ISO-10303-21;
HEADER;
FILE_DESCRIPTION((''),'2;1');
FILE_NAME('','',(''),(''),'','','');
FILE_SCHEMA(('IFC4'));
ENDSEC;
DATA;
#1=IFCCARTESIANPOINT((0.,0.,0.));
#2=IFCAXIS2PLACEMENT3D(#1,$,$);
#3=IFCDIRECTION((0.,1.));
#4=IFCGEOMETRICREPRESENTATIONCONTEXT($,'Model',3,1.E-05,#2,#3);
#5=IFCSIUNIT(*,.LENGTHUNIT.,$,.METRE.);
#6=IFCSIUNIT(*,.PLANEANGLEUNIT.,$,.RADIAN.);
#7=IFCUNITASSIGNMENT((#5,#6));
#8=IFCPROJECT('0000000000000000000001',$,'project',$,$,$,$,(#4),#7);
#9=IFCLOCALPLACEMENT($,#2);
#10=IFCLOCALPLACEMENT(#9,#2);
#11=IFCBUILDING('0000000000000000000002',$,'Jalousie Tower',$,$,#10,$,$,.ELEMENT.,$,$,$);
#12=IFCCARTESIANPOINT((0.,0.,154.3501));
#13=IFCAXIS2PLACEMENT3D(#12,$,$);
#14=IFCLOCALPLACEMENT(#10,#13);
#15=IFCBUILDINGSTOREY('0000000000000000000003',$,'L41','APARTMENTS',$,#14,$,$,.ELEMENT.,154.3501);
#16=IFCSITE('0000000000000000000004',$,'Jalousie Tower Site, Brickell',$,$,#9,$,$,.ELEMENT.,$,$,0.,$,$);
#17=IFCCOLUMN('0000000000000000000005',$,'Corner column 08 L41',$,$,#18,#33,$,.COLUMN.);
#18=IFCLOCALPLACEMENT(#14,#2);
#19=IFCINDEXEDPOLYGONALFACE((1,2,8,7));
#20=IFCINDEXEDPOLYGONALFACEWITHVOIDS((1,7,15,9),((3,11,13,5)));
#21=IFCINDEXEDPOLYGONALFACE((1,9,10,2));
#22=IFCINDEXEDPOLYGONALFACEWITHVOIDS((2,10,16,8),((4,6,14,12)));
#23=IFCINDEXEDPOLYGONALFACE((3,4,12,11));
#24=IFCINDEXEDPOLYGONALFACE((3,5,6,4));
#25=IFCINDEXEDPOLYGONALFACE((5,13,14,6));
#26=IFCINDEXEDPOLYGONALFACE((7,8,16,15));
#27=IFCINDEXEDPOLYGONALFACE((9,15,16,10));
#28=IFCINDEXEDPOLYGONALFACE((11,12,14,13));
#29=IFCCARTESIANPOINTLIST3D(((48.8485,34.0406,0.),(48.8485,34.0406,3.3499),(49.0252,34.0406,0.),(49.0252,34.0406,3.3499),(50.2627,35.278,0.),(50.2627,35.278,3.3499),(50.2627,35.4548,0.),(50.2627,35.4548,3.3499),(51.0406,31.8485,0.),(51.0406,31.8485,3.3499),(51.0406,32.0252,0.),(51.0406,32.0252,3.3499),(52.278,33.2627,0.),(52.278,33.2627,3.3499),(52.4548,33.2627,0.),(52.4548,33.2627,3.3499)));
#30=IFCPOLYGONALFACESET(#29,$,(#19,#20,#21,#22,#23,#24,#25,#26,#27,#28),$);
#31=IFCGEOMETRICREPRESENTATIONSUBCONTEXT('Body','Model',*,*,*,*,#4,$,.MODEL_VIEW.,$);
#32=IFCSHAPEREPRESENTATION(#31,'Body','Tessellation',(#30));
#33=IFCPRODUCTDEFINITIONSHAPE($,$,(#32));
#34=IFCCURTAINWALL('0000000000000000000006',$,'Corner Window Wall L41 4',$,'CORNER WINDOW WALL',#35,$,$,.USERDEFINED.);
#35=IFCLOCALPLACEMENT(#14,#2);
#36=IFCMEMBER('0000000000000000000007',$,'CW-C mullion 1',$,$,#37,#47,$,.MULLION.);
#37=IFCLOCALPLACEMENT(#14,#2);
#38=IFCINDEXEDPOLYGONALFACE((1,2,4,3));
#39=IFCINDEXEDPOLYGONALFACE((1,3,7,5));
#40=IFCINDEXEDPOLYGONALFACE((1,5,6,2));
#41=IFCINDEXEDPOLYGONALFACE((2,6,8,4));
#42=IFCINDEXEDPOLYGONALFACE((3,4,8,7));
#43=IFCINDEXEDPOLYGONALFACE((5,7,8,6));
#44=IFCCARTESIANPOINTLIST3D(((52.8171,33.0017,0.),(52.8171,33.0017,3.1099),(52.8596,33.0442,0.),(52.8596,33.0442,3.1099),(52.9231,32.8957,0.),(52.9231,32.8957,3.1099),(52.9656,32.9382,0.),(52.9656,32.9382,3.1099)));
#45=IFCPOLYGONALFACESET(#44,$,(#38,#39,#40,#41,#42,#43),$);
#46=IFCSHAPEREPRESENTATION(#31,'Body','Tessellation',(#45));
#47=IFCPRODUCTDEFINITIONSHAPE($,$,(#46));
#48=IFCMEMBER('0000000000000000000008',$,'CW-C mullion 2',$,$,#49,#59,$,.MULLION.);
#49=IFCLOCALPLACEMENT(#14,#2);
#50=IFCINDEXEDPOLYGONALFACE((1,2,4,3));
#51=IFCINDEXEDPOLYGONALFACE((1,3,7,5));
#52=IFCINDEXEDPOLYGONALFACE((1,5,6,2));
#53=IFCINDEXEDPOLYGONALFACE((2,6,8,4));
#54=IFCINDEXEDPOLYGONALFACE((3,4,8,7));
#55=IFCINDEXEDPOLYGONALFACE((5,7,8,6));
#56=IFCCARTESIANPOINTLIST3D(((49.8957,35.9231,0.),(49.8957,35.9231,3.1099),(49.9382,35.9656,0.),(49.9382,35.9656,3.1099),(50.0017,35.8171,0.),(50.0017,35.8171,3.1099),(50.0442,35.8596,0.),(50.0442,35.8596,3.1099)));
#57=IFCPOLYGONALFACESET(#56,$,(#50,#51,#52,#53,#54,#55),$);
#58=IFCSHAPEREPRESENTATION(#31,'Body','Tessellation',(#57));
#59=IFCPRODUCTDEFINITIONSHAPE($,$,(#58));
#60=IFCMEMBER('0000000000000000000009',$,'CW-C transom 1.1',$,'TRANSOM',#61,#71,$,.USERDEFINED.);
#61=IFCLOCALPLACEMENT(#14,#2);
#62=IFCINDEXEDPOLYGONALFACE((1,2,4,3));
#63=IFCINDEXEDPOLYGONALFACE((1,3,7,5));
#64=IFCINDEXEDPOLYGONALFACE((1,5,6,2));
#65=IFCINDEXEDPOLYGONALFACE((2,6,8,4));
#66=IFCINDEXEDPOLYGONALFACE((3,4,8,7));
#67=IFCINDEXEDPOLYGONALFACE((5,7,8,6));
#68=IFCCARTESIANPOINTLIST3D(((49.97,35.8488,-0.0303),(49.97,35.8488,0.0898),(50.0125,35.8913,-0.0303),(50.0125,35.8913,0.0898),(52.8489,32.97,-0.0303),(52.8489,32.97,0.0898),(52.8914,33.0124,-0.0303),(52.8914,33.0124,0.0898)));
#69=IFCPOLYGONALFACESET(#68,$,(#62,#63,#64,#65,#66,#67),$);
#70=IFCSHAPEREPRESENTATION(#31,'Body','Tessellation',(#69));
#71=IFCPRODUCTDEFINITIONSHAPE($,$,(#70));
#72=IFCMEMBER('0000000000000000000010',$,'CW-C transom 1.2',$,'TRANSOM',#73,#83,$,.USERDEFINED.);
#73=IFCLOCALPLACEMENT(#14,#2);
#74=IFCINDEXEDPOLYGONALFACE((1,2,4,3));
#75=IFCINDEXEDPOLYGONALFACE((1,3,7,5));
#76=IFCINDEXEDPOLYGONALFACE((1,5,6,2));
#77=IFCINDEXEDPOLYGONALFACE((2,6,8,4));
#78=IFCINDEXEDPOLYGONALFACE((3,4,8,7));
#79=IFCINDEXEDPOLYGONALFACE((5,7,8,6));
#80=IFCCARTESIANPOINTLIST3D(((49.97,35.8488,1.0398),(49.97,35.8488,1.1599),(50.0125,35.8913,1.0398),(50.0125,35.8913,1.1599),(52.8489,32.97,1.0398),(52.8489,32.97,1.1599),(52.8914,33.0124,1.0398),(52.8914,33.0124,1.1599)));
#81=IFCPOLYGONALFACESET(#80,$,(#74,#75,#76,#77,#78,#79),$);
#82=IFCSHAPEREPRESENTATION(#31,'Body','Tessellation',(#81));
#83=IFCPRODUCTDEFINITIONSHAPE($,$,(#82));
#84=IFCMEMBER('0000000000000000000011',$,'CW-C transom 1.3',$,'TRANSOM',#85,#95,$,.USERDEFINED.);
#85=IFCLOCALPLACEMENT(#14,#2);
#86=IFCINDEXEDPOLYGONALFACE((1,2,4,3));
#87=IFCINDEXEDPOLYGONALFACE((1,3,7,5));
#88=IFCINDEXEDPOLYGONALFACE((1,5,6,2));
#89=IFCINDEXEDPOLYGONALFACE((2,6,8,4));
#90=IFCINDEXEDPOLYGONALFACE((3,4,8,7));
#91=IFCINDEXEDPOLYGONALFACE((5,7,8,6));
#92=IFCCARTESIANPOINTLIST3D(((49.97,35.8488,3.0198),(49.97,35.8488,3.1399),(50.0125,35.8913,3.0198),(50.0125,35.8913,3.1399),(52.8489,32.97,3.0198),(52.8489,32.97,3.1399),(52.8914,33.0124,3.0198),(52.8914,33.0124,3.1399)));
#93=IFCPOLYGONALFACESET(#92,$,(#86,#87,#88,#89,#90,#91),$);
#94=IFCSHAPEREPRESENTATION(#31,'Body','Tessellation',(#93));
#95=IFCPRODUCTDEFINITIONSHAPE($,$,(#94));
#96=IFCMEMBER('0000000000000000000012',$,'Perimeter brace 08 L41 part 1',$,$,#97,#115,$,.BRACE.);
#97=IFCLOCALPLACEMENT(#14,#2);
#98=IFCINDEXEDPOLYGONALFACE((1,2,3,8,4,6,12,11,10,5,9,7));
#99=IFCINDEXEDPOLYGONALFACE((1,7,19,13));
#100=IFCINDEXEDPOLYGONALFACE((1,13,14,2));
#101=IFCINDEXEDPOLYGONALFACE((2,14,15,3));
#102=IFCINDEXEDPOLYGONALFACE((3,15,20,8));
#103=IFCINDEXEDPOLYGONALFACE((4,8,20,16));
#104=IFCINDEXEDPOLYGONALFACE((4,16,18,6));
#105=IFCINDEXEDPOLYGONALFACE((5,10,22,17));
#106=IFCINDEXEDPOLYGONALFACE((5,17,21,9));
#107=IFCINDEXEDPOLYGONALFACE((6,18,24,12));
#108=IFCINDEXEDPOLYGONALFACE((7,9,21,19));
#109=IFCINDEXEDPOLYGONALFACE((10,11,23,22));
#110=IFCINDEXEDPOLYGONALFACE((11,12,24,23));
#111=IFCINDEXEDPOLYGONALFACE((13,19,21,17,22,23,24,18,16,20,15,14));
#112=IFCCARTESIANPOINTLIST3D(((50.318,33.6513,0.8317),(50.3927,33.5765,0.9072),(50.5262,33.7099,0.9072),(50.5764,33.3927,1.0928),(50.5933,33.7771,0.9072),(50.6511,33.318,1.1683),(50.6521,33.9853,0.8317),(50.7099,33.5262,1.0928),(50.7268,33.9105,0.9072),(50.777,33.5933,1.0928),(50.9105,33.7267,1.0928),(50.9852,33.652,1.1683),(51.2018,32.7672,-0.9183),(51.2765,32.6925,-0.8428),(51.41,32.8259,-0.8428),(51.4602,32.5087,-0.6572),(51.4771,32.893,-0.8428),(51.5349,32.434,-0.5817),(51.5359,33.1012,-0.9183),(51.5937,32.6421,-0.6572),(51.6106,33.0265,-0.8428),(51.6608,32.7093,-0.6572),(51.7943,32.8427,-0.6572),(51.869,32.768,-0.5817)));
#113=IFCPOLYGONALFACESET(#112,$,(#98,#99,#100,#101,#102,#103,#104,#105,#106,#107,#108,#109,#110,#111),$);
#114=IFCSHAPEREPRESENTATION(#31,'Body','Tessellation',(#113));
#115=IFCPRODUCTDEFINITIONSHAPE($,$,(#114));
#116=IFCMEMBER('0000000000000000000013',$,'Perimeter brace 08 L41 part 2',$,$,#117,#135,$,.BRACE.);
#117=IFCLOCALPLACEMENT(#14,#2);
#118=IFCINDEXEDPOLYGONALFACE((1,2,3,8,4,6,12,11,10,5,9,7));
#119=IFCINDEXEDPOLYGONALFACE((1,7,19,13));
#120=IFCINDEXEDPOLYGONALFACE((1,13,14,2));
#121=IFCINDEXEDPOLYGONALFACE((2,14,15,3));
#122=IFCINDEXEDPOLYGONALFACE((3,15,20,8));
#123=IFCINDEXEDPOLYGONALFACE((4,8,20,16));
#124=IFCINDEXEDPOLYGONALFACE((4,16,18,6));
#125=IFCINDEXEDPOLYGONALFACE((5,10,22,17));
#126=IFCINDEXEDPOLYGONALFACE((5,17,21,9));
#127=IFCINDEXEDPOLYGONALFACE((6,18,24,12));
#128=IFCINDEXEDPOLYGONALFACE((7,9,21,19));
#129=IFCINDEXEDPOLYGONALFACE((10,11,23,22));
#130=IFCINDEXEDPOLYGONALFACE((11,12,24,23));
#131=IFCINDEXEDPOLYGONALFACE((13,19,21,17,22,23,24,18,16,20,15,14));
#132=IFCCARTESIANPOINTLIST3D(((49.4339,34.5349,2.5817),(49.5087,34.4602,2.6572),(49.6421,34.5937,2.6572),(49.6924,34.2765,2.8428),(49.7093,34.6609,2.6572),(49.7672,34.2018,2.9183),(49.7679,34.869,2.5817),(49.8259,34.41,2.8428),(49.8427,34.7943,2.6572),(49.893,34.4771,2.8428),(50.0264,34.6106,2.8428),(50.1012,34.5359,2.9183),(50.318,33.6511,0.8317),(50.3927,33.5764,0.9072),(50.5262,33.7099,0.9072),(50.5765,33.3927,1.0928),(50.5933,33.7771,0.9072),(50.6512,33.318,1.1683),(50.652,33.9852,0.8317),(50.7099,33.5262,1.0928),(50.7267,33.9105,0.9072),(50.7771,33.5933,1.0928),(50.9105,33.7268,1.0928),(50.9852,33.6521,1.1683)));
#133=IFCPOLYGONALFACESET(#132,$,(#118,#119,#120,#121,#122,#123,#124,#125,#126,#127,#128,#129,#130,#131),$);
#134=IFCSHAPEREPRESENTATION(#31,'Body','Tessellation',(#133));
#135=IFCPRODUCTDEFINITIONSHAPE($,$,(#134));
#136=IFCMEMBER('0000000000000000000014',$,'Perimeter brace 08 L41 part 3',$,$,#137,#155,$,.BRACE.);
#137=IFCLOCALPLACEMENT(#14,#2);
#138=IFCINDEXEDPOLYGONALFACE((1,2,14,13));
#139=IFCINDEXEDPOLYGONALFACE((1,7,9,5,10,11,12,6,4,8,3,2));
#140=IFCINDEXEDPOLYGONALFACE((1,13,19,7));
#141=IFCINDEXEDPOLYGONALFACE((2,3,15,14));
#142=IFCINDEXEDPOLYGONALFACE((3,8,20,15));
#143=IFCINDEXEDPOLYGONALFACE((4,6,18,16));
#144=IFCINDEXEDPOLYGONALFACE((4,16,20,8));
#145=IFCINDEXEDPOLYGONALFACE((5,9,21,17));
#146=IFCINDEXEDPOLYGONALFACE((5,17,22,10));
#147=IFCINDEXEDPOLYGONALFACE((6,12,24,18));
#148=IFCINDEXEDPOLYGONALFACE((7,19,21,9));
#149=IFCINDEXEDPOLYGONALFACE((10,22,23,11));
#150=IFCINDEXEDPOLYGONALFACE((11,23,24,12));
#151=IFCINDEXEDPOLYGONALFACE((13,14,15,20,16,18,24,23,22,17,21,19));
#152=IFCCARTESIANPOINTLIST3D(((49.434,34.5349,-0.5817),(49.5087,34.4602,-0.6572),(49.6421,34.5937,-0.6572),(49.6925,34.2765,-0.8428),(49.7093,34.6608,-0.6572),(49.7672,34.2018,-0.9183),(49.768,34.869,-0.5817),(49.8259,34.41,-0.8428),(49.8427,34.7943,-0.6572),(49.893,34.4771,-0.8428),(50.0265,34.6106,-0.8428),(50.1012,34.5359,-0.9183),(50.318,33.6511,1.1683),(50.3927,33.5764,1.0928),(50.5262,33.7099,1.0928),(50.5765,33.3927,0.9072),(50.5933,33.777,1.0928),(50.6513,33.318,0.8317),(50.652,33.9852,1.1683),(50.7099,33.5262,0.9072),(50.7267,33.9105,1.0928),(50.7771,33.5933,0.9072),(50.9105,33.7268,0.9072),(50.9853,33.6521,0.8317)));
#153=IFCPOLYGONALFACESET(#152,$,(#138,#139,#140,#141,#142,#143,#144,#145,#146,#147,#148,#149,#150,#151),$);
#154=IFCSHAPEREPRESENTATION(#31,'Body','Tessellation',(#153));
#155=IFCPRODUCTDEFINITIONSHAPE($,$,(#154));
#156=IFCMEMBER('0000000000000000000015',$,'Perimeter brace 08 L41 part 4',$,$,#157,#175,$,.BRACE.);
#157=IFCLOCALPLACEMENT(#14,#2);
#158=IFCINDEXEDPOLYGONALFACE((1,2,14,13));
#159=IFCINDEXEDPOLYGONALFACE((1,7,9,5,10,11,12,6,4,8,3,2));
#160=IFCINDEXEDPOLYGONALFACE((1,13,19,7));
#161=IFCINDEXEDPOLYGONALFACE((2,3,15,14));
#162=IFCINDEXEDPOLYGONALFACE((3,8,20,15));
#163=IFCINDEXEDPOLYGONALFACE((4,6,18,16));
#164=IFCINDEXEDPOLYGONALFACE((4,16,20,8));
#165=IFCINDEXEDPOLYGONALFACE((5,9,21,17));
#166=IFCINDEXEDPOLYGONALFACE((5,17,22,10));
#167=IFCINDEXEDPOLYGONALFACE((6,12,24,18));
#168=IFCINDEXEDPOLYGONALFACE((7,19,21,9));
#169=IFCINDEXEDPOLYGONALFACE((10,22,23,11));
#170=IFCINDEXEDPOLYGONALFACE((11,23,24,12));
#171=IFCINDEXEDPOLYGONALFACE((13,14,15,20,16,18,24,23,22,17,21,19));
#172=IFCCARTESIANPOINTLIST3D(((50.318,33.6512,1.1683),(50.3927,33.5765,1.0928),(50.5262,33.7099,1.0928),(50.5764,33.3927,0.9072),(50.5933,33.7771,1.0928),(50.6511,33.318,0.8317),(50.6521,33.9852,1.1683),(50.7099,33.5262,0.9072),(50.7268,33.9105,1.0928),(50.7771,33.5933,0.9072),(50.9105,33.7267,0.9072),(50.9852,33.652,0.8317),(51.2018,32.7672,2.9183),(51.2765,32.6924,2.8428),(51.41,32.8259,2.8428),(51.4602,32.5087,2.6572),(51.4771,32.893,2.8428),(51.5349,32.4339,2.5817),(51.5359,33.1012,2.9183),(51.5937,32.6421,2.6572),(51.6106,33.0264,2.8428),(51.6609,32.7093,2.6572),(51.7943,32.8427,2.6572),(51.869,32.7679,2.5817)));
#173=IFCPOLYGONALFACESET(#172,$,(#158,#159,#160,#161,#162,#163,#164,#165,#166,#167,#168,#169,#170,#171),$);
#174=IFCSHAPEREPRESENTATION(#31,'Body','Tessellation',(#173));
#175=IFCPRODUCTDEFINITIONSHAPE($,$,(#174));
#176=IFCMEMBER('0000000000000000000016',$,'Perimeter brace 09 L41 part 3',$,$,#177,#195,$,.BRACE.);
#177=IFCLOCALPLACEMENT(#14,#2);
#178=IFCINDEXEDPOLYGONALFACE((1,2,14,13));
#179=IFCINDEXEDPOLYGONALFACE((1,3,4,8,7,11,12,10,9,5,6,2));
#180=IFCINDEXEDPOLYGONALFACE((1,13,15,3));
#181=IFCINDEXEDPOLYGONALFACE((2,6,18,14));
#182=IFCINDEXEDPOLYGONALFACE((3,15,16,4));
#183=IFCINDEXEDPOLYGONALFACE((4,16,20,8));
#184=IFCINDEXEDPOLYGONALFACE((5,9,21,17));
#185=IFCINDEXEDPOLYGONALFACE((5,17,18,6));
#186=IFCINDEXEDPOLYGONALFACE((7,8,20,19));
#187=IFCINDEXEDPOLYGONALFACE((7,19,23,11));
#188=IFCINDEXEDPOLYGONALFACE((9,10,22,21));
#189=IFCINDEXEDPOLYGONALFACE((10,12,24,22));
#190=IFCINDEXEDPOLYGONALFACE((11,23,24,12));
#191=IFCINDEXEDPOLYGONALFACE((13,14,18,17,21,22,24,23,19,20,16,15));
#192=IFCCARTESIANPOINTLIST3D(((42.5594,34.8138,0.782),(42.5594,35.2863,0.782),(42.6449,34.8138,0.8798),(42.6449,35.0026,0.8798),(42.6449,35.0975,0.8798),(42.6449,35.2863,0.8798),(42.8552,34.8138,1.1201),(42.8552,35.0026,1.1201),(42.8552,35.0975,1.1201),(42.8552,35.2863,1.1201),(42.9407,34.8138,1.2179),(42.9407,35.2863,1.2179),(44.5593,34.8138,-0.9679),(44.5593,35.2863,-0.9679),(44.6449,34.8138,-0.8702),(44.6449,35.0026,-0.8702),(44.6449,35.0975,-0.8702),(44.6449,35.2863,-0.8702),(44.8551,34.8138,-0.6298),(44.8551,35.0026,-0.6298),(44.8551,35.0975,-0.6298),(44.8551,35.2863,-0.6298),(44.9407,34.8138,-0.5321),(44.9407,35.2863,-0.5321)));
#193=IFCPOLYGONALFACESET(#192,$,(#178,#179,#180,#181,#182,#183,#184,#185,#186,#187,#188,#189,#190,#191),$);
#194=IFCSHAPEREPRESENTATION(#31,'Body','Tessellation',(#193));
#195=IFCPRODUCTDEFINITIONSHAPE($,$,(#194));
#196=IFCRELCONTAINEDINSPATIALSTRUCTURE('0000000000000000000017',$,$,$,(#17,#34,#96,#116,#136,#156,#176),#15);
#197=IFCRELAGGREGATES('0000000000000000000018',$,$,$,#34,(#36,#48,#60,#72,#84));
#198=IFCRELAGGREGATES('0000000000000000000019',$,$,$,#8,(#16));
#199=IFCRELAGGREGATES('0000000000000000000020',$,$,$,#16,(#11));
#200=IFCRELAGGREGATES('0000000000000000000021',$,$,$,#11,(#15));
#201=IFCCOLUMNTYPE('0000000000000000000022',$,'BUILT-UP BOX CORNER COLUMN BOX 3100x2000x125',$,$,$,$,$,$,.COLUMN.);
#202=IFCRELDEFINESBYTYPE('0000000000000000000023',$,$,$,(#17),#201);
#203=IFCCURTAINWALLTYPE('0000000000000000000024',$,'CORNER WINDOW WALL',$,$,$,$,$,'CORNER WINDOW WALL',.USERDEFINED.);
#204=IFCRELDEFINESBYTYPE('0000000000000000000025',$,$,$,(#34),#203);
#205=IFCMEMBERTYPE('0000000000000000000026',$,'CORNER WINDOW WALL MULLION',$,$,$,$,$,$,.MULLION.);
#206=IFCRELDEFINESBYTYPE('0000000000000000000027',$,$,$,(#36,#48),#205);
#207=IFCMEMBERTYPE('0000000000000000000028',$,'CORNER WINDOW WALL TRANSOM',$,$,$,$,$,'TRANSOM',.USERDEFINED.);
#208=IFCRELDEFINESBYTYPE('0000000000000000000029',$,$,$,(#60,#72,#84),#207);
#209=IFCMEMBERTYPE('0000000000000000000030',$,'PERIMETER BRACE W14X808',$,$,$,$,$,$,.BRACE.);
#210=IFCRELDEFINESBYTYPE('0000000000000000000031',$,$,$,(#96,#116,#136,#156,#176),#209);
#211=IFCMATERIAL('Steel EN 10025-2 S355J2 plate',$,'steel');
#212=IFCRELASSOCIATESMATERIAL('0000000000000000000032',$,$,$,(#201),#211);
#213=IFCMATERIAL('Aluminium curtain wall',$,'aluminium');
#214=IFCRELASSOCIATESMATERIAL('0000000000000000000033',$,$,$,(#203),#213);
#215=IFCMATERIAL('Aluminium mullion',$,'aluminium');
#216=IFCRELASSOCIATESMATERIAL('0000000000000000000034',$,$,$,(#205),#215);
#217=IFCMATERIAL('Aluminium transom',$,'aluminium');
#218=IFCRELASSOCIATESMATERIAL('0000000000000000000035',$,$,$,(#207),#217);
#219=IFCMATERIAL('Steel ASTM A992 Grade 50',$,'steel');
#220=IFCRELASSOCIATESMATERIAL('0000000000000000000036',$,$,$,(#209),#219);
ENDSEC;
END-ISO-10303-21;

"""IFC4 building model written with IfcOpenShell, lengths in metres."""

from ifc_helpers import new_model, si_unit, direction, frame, origin, origin_2d, place, context, subcontext, project, spatial, rectangle, hollow_rectangle, i_section, extrude, material, material_profile, profile_set, type_object, element, aggregate, save


model = new_model("IFC4")

# Units and contexts
model_context = context("Model", 3, precision=1e-05, world=origin(), true_north=direction((0.0, 1.0)))
body_context = subcontext(model_context, "Body", "Model", "MODEL_VIEW")
ifc_project = project(units=[si_unit("LENGTHUNIT", "METRE"), si_unit("PLANEANGLEUNIT", "RADIAN")], contexts=[model_context])

# Site, building, storey
site_placement = place(None, origin())
site = spatial("IfcSite", under=ifc_project, at=site_placement, Name="Jalousie Tower Site, Brickell", CompositionType="ELEMENT", RefElevation=0.0)
building_placement = place(site_placement, origin())
building = spatial("IfcBuilding", under=site, at=building_placement, Name="Jalousie Tower", CompositionType="ELEMENT")
storey_placement = place(building_placement, frame((0.0, 0.0, 154.3501)))
storey = spatial("IfcBuildingStorey", under=building, at=storey_placement, Name="L41", Description="APARTMENTS", CompositionType="ELEMENT", Elevation=154.3501)

# Column
ifc_material_1 = material(Name="Steel EN 10025-2 S355J2 plate", Category="steel")
ifc_material_profile_1 = material_profile(ifc_material_1, hollow_rectangle(XDim=2.0, YDim=3.1001, WallThickness=0.125, at=origin_2d()), Name="BOX 3100x2000x125")
ifc_profile_set_1 = profile_set([ifc_material_profile_1], Name="Steel EN 10025-2 S355J2 plate")
column_type = type_object("IfcColumnType", Name="BUILT-UP BOX CORNER COLUMN BOX 3100x2000x125", PredefinedType="COLUMN", material=ifc_profile_set_1)
column_placement = place(storey_placement, frame((50.6516, 33.6516, 0.0), z_axis=(0.0, 0.0, 1.0), x_axis=(-0.707107, -0.707107, 0.0)))
element("IfcColumn", 1, at=column_placement, inside=storey, type_object=column_type, Name="Corner column 08 L41", PredefinedType="COLUMN", context=body_context, shape_type="SweptSolid", body=[
    extrude(hollow_rectangle(XDim=2.0, YDim=3.1001, WallThickness=0.125, at=origin_2d()), origin(), (0.0, 0.0, 1.0), 3.3499),
])

# Curtain wall, members
ifc_material_2 = material(Name="Aluminium curtain wall", Category="aluminium")
curtain_wall_type_1 = type_object("IfcCurtainWallType", Name="CORNER WINDOW WALL", ElementType="CORNER WINDOW WALL", PredefinedType="USERDEFINED", material=ifc_material_2)
curtain_wall_1_placement = place(storey_placement, origin())
curtain_wall_1 = element("IfcCurtainWall", 2, at=curtain_wall_1_placement, inside=storey, type_object=curtain_wall_type_1, Name="Corner Window Wall L41 4", ObjectType="CORNER WINDOW WALL", PredefinedType="USERDEFINED")
ifc_material_3 = material(Name="Aluminium mullion", Category="aluminium")
ifc_material_profile_2 = material_profile(ifc_material_3, rectangle(XDim=0.0601, YDim=0.1499, at=origin_2d()), Name="MULLION 60x150")
ifc_profile_set_2 = profile_set([ifc_material_profile_2], Name="Aluminium mullion")
member_type_1 = type_object("IfcMemberType", Name="CORNER WINDOW WALL MULLION", PredefinedType="MULLION", material=ifc_profile_set_2)
member_1_placement = place(storey_placement, frame((52.8914, 32.97, 0.0), z_axis=(0.0, 0.0, 1.0), x_axis=(-0.707107, -0.707107, 0.0)))
member_1 = element("IfcMember", 3, at=member_1_placement, type_object=member_type_1, Name="CW-C mullion 1", PredefinedType="MULLION", context=body_context, shape_type="SweptSolid", body=[
    extrude(rectangle(XDim=0.0601, YDim=0.1499, at=origin_2d()), origin(), (0.0, 0.0, 1.0), 3.1099),
])
member_2_placement = place(storey_placement, frame((49.97, 35.8914, 0.0), z_axis=(0.0, 0.0, 1.0), x_axis=(-0.707107, -0.707107, 0.0)))
member_2 = element("IfcMember", 4, at=member_2_placement, type_object=member_type_1, Name="CW-C mullion 2", PredefinedType="MULLION", context=body_context, shape_type="SweptSolid", body=[
    extrude(rectangle(XDim=0.0601, YDim=0.1499, at=origin_2d()), origin(), (0.0, 0.0, 1.0), 3.1099),
])
ifc_material_4 = material(Name="Aluminium transom", Category="aluminium")
ifc_material_profile_3 = material_profile(ifc_material_4, rectangle(XDim=0.0601, YDim=0.1201, at=origin_2d()), Name="TRANSOM 60x120")
ifc_profile_set_3 = profile_set([ifc_material_profile_3], Name="Aluminium transom")
member_type_2 = type_object("IfcMemberType", Name="CORNER WINDOW WALL TRANSOM", ElementType="TRANSOM", PredefinedType="USERDEFINED", material=ifc_profile_set_3)
member_3_placement = place(storey_placement, frame((52.8701, 32.9912, 0.0298), z_axis=(-0.707107, 0.707107, 0.0), x_axis=(-0.707107, -0.707107, 0.0)))
member_3 = element("IfcMember", 5, at=member_3_placement, type_object=member_type_2, Name="CW-C transom 1.1", ObjectType="TRANSOM", PredefinedType="USERDEFINED", context=body_context, shape_type="SweptSolid", body=[
    extrude(rectangle(XDim=0.0601, YDim=0.1201, at=origin_2d()), origin(), (0.0, 0.0, 1.0), 4.0713),
])
member_4_placement = place(storey_placement, frame((52.8701, 32.9912, 1.0999), z_axis=(-0.707107, 0.707107, 0.0), x_axis=(-0.707107, -0.707107, 0.0)))
member_4 = element("IfcMember", 6, at=member_4_placement, type_object=member_type_2, Name="CW-C transom 1.2", ObjectType="TRANSOM", PredefinedType="USERDEFINED", context=body_context, shape_type="SweptSolid", body=[
    extrude(rectangle(XDim=0.0601, YDim=0.1201, at=origin_2d()), origin(), (0.0, 0.0, 1.0), 4.0713),
])
member_5_placement = place(storey_placement, frame((52.8701, 32.9912, 3.0798), z_axis=(-0.707107, 0.707107, 0.0), x_axis=(-0.707107, -0.707107, 0.0)))
member_5 = element("IfcMember", 7, at=member_5_placement, type_object=member_type_2, Name="CW-C transom 1.3", ObjectType="TRANSOM", PredefinedType="USERDEFINED", context=body_context, shape_type="SweptSolid", body=[
    extrude(rectangle(XDim=0.0601, YDim=0.1201, at=origin_2d()), origin(), (0.0, 0.0, 1.0), 4.0713),
])

# Members
ifc_material_5 = material(Name="Steel ASTM A992 Grade 50", Category="steel")
ifc_material_profile_4 = material_profile(ifc_material_5, i_section(OverallWidth=0.4724, OverallDepth=0.5791, WebThickness=0.095, FlangeThickness=0.1299, at=origin_2d()), Name="W14X808")
ifc_profile_set_4 = profile_set([ifc_material_profile_4], Name="Steel ASTM A992 Grade 50")
member_type_3 = type_object("IfcMemberType", Name="PERIMETER BRACE W14X808", PredefinedType="BRACE", material=ifc_profile_set_4)
for number, where, z_axis, x_axis, name in (
    (8, (51.5354, 32.7676, -0.75), (-0.410949, 0.411063, 0.813725), (-0.707204, -0.707009, 0.0), "Perimeter brace 08 L41 part 1"),
    (9, (50.6516, 33.6516, 1.0), (-0.411063, 0.410949, 0.813725), (-0.707009, -0.707204, 0.0), "Perimeter brace 08 L41 part 2"),
    (10, (49.7676, 34.5354, -0.75), (0.411063, -0.410949, 0.813725), (0.707009, 0.707204, 0.0), "Perimeter brace 08 L41 part 3"),
    (11, (50.6516, 33.6516, 1.0), (0.410949, -0.411063, 0.813725), (0.707204, 0.707009, 0.0), "Perimeter brace 08 L41 part 4"),
):
    element("IfcMember", number, at=place(storey_placement, frame(where, z_axis=z_axis, x_axis=x_axis)), inside=storey, type_object=member_type_3, Name=name, PredefinedType="BRACE", context=body_context, shape_type="SweptSolid", body=[
        extrude(i_section(OverallWidth=0.4724, OverallDepth=0.5791, WebThickness=0.095, FlangeThickness=0.1299, at=origin_2d()), origin(), (0.0, 0.0, 1.0), 2.1506),
    ])
member_6_placement = place(storey_placement, frame((44.75, 35.05, -0.75), z_axis=(-0.752577, 0.0, 0.658505), x_axis=(0.0, -1.0, 0.0)))
element("IfcMember", 12, at=member_6_placement, inside=storey, type_object=member_type_3, Name="Perimeter brace 09 L41 part 3", PredefinedType="BRACE", context=body_context, shape_type="SweptSolid", body=[
    extrude(i_section(OverallWidth=0.4724, OverallDepth=0.5791, WebThickness=0.095, FlangeThickness=0.1299, at=origin_2d()), origin(), (0.0, 0.0, 1.0), 2.6575),
])

aggregate(curtain_wall_1, [member_1, member_2, member_3, member_4, member_5])

save(model, "model.ifc")
